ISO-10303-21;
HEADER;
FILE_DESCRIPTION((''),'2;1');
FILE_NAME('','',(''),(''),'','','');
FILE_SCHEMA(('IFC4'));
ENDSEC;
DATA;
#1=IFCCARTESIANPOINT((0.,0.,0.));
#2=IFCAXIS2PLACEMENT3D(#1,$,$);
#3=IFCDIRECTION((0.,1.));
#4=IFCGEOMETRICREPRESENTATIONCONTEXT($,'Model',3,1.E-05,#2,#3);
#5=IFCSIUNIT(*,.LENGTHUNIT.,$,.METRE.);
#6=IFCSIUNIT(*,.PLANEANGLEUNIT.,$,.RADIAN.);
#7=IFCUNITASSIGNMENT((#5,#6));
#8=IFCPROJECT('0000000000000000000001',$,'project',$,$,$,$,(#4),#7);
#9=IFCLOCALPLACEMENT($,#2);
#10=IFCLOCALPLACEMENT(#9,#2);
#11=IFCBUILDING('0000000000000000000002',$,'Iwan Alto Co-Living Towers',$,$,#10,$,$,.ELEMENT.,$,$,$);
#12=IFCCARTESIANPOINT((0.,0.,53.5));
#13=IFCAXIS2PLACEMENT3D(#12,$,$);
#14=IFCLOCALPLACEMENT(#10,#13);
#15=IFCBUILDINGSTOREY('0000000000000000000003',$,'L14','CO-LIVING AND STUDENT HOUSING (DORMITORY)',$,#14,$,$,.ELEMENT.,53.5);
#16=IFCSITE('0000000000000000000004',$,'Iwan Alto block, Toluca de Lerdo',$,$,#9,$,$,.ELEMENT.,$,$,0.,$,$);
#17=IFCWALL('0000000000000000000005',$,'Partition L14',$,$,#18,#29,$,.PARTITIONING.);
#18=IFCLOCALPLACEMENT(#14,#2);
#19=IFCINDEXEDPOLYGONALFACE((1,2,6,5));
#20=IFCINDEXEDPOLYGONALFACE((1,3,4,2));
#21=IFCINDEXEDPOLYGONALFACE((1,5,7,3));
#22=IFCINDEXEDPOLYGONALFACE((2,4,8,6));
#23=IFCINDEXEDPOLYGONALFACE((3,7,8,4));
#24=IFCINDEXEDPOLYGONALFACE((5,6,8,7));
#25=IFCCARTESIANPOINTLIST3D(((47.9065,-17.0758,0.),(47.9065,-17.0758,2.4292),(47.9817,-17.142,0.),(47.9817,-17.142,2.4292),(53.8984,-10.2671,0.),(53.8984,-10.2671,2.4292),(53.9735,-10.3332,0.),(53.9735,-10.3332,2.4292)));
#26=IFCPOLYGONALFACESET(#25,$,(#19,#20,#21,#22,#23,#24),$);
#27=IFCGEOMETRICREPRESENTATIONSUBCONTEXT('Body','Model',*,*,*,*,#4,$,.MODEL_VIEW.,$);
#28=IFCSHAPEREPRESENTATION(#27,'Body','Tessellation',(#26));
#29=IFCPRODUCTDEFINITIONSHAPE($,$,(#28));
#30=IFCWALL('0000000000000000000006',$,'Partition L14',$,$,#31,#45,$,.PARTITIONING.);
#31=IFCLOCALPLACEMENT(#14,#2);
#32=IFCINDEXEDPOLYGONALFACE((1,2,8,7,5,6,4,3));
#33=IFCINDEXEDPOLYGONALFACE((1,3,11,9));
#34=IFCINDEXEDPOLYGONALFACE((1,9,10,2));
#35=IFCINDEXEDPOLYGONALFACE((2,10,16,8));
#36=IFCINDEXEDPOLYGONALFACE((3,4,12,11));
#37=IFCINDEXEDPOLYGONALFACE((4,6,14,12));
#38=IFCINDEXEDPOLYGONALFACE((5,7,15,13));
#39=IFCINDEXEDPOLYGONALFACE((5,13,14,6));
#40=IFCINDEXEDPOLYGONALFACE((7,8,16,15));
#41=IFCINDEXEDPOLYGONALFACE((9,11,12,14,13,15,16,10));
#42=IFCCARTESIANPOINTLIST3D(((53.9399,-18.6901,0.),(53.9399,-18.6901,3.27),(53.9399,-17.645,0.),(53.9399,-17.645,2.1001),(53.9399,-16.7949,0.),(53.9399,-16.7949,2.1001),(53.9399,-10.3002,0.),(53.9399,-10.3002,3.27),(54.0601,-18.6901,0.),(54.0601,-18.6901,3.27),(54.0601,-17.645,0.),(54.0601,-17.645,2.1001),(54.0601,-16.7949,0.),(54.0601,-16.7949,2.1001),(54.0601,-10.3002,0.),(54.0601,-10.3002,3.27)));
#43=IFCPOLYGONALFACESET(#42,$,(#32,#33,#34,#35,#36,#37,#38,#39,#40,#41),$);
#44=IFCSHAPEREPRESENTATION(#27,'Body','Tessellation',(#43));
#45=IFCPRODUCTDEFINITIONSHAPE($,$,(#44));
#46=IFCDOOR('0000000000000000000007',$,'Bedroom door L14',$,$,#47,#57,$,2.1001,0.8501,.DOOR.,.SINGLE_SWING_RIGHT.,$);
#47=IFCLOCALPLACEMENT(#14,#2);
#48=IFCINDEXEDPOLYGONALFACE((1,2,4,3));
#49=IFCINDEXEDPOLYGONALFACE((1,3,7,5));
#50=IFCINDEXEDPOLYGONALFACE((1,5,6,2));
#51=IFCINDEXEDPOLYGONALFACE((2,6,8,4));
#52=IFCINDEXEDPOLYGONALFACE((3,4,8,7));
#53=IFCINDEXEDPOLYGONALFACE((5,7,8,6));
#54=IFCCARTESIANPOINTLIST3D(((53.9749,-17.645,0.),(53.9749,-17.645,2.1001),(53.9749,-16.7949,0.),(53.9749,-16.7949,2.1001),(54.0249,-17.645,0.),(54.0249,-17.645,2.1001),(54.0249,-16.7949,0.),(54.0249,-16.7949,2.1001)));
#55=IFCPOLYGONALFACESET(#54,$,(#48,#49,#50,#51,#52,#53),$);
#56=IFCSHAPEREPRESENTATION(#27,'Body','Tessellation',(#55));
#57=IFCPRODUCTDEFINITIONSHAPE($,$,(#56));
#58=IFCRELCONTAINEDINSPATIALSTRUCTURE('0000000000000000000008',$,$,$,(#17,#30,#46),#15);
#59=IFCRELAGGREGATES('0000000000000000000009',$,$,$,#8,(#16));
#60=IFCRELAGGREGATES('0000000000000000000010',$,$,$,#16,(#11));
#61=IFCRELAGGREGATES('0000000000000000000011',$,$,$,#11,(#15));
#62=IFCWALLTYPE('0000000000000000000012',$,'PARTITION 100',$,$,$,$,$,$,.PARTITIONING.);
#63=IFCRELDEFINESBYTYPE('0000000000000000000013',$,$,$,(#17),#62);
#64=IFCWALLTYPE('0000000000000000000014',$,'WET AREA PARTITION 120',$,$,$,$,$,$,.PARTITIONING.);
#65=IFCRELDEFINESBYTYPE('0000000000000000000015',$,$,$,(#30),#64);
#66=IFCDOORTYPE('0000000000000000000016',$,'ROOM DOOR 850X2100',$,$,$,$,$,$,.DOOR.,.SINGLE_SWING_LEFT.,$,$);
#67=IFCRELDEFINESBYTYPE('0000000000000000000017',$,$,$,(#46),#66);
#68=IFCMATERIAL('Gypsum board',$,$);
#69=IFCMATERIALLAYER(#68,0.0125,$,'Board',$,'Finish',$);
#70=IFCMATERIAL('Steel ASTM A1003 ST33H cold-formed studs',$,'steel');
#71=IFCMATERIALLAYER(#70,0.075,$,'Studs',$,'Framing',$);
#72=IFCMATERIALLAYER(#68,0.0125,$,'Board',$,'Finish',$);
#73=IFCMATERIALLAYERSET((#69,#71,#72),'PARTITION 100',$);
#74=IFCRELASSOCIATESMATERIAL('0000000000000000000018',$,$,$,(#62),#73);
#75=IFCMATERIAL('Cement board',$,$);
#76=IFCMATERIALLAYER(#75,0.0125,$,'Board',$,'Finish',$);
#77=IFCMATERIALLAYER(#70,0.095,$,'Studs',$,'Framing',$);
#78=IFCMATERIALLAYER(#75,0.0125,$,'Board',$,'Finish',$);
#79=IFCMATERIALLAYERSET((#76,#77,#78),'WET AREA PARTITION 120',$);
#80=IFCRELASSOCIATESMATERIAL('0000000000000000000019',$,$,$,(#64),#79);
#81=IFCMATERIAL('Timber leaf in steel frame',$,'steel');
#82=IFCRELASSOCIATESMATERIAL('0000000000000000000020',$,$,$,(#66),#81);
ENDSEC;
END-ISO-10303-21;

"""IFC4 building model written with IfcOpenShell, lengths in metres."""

from ifc_helpers import new_model, si_unit, direction, frame, frame_2d, origin, place, context, subcontext, project, spatial, rectangle, extrude, material, layer, layer_set, type_object, element, fill, save


model = new_model("IFC4")

# Units and contexts
model_context = context("Model", 3, precision=1e-05, world=origin(), true_north=direction((0.0, 1.0)))
body_context = subcontext(model_context, "Body", "Model", "MODEL_VIEW")
ifc_project = project(units=[si_unit("LENGTHUNIT", "METRE"), si_unit("PLANEANGLEUNIT", "RADIAN")], contexts=[model_context])

# Site, building, storey
site_placement = place(None, origin())
site = spatial("IfcSite", under=ifc_project, at=site_placement, Name="Iwan Alto block, Toluca de Lerdo", CompositionType="ELEMENT", RefElevation=0.0)
building_placement = place(site_placement, origin())
building = spatial("IfcBuilding", under=site, at=building_placement, Name="Iwan Alto Co-Living Towers", CompositionType="ELEMENT")
storey_placement = place(building_placement, frame((0.0, 0.0, 53.5)))
storey = spatial("IfcBuildingStorey", under=building, at=storey_placement, Name="L14", Description="CO-LIVING AND STUDENT HOUSING (DORMITORY)", CompositionType="ELEMENT", Elevation=53.5)

# Wall
ifc_material_1 = material(Name="Gypsum board")
ifc_layer_1 = layer(ifc_material_1, 0.0125, Name="Board", Category="Finish")
ifc_material_2 = material(Name="Steel ASTM A1003 ST33H cold-formed studs", Category="steel")
ifc_layer_2 = layer(ifc_material_2, 0.075, Name="Studs", Category="Framing")
ifc_layer_3 = layer(ifc_material_1, 0.0125, Name="Board", Category="Finish")
ifc_layer_set_1 = layer_set([ifc_layer_1, ifc_layer_2, ifc_layer_3], Name="PARTITION 100")
wall_type_1 = type_object("IfcWallType", Name="PARTITION 100", PredefinedType="PARTITIONING", material=ifc_layer_set_1)
wall_1_placement = place(storey_placement, frame((47.9441, -17.1089, 0.0), z_axis=(0.0, 0.0, 1.0), x_axis=(0.660638, 0.750704, 0.0)))
element("IfcWall", 1, at=wall_1_placement, inside=storey, type_object=wall_type_1, Name="Partition L14", PredefinedType="PARTITIONING", context=body_context, shape_type="SweptSolid", body=[
    extrude(rectangle(XDim=9.0698, YDim=0.1001, at=frame_2d((4.5349, 0.0))), origin(), (0.0, 0.0, 1.0), 2.4292),
])

# Wall, opening, door
ifc_material_3 = material(Name="Cement board")
ifc_layer_4 = layer(ifc_material_3, 0.0125, Name="Board", Category="Finish")
ifc_layer_5 = layer(ifc_material_2, 0.095, Name="Studs", Category="Framing")
ifc_layer_6 = layer(ifc_material_3, 0.0125, Name="Board", Category="Finish")
ifc_layer_set_2 = layer_set([ifc_layer_4, ifc_layer_5, ifc_layer_6], Name="WET AREA PARTITION 120")
wall_type_2 = type_object("IfcWallType", Name="WET AREA PARTITION 120", PredefinedType="PARTITIONING", material=ifc_layer_set_2)
wall_2_placement = place(storey_placement, frame((54.0, -18.6899, 0.0), z_axis=(0.0, 0.0, 1.0), x_axis=(0.0, 1.0, 0.0)))
wall_2 = element("IfcWall", 2, at=wall_2_placement, inside=storey, type_object=wall_type_2, Name="Partition L14", PredefinedType="PARTITIONING", context=body_context, shape_type="SweptSolid", body=[
    extrude(rectangle(XDim=8.3899, YDim=0.1201, at=frame_2d((4.1948, 0.0))), origin(), (0.0, 0.0, 1.0), 3.27),
])
opening_placement = place(wall_2_placement, frame((1.0449, 0.0, 0.0)))
opening = element("IfcOpeningElement", 3, at=opening_placement, cuts=wall_2, PredefinedType="OPENING", context=body_context, shape_type="SweptSolid", body=[
    extrude(rectangle(XDim=0.8501, YDim=2.1001, at=frame_2d((0.425, 1.05))), frame((0.0, 0.0701, 0.0), z_axis=(0.0, -1.0, 0.0), x_axis=(1.0, 0.0, 0.0)), (0.0, 0.0, 1.0), 0.1401),
])
ifc_material_4 = material(Name="Timber leaf in steel frame", Category="steel")
door_type = type_object("IfcDoorType", Name="ROOM DOOR 850X2100", OperationType="SINGLE_SWING_LEFT", PredefinedType="DOOR", material=ifc_material_4)
door_placement = place(opening_placement, frame((0.8501, 0.0, 0.0), z_axis=(0.0, 0.0, 1.0), x_axis=(-1.0, 0.0, 0.0)))
door = element("IfcDoor", 4, at=door_placement, inside=storey, type_object=door_type, Name="Bedroom door L14", OperationType="SINGLE_SWING_RIGHT", OverallHeight=2.1001, OverallWidth=0.8501, PredefinedType="DOOR", context=body_context, shape_type="SweptSolid", body=[
    extrude(rectangle(XDim=0.8501, YDim=2.1001, at=frame_2d((0.425, 1.05))), frame((0.0, 0.0249, 0.0), z_axis=(0.0, -1.0, 0.0), x_axis=(1.0, 0.0, 0.0)), (0.0, 0.0, 1.0), 0.05),
])
fill(opening, door)

save(model, "model.ifc")
